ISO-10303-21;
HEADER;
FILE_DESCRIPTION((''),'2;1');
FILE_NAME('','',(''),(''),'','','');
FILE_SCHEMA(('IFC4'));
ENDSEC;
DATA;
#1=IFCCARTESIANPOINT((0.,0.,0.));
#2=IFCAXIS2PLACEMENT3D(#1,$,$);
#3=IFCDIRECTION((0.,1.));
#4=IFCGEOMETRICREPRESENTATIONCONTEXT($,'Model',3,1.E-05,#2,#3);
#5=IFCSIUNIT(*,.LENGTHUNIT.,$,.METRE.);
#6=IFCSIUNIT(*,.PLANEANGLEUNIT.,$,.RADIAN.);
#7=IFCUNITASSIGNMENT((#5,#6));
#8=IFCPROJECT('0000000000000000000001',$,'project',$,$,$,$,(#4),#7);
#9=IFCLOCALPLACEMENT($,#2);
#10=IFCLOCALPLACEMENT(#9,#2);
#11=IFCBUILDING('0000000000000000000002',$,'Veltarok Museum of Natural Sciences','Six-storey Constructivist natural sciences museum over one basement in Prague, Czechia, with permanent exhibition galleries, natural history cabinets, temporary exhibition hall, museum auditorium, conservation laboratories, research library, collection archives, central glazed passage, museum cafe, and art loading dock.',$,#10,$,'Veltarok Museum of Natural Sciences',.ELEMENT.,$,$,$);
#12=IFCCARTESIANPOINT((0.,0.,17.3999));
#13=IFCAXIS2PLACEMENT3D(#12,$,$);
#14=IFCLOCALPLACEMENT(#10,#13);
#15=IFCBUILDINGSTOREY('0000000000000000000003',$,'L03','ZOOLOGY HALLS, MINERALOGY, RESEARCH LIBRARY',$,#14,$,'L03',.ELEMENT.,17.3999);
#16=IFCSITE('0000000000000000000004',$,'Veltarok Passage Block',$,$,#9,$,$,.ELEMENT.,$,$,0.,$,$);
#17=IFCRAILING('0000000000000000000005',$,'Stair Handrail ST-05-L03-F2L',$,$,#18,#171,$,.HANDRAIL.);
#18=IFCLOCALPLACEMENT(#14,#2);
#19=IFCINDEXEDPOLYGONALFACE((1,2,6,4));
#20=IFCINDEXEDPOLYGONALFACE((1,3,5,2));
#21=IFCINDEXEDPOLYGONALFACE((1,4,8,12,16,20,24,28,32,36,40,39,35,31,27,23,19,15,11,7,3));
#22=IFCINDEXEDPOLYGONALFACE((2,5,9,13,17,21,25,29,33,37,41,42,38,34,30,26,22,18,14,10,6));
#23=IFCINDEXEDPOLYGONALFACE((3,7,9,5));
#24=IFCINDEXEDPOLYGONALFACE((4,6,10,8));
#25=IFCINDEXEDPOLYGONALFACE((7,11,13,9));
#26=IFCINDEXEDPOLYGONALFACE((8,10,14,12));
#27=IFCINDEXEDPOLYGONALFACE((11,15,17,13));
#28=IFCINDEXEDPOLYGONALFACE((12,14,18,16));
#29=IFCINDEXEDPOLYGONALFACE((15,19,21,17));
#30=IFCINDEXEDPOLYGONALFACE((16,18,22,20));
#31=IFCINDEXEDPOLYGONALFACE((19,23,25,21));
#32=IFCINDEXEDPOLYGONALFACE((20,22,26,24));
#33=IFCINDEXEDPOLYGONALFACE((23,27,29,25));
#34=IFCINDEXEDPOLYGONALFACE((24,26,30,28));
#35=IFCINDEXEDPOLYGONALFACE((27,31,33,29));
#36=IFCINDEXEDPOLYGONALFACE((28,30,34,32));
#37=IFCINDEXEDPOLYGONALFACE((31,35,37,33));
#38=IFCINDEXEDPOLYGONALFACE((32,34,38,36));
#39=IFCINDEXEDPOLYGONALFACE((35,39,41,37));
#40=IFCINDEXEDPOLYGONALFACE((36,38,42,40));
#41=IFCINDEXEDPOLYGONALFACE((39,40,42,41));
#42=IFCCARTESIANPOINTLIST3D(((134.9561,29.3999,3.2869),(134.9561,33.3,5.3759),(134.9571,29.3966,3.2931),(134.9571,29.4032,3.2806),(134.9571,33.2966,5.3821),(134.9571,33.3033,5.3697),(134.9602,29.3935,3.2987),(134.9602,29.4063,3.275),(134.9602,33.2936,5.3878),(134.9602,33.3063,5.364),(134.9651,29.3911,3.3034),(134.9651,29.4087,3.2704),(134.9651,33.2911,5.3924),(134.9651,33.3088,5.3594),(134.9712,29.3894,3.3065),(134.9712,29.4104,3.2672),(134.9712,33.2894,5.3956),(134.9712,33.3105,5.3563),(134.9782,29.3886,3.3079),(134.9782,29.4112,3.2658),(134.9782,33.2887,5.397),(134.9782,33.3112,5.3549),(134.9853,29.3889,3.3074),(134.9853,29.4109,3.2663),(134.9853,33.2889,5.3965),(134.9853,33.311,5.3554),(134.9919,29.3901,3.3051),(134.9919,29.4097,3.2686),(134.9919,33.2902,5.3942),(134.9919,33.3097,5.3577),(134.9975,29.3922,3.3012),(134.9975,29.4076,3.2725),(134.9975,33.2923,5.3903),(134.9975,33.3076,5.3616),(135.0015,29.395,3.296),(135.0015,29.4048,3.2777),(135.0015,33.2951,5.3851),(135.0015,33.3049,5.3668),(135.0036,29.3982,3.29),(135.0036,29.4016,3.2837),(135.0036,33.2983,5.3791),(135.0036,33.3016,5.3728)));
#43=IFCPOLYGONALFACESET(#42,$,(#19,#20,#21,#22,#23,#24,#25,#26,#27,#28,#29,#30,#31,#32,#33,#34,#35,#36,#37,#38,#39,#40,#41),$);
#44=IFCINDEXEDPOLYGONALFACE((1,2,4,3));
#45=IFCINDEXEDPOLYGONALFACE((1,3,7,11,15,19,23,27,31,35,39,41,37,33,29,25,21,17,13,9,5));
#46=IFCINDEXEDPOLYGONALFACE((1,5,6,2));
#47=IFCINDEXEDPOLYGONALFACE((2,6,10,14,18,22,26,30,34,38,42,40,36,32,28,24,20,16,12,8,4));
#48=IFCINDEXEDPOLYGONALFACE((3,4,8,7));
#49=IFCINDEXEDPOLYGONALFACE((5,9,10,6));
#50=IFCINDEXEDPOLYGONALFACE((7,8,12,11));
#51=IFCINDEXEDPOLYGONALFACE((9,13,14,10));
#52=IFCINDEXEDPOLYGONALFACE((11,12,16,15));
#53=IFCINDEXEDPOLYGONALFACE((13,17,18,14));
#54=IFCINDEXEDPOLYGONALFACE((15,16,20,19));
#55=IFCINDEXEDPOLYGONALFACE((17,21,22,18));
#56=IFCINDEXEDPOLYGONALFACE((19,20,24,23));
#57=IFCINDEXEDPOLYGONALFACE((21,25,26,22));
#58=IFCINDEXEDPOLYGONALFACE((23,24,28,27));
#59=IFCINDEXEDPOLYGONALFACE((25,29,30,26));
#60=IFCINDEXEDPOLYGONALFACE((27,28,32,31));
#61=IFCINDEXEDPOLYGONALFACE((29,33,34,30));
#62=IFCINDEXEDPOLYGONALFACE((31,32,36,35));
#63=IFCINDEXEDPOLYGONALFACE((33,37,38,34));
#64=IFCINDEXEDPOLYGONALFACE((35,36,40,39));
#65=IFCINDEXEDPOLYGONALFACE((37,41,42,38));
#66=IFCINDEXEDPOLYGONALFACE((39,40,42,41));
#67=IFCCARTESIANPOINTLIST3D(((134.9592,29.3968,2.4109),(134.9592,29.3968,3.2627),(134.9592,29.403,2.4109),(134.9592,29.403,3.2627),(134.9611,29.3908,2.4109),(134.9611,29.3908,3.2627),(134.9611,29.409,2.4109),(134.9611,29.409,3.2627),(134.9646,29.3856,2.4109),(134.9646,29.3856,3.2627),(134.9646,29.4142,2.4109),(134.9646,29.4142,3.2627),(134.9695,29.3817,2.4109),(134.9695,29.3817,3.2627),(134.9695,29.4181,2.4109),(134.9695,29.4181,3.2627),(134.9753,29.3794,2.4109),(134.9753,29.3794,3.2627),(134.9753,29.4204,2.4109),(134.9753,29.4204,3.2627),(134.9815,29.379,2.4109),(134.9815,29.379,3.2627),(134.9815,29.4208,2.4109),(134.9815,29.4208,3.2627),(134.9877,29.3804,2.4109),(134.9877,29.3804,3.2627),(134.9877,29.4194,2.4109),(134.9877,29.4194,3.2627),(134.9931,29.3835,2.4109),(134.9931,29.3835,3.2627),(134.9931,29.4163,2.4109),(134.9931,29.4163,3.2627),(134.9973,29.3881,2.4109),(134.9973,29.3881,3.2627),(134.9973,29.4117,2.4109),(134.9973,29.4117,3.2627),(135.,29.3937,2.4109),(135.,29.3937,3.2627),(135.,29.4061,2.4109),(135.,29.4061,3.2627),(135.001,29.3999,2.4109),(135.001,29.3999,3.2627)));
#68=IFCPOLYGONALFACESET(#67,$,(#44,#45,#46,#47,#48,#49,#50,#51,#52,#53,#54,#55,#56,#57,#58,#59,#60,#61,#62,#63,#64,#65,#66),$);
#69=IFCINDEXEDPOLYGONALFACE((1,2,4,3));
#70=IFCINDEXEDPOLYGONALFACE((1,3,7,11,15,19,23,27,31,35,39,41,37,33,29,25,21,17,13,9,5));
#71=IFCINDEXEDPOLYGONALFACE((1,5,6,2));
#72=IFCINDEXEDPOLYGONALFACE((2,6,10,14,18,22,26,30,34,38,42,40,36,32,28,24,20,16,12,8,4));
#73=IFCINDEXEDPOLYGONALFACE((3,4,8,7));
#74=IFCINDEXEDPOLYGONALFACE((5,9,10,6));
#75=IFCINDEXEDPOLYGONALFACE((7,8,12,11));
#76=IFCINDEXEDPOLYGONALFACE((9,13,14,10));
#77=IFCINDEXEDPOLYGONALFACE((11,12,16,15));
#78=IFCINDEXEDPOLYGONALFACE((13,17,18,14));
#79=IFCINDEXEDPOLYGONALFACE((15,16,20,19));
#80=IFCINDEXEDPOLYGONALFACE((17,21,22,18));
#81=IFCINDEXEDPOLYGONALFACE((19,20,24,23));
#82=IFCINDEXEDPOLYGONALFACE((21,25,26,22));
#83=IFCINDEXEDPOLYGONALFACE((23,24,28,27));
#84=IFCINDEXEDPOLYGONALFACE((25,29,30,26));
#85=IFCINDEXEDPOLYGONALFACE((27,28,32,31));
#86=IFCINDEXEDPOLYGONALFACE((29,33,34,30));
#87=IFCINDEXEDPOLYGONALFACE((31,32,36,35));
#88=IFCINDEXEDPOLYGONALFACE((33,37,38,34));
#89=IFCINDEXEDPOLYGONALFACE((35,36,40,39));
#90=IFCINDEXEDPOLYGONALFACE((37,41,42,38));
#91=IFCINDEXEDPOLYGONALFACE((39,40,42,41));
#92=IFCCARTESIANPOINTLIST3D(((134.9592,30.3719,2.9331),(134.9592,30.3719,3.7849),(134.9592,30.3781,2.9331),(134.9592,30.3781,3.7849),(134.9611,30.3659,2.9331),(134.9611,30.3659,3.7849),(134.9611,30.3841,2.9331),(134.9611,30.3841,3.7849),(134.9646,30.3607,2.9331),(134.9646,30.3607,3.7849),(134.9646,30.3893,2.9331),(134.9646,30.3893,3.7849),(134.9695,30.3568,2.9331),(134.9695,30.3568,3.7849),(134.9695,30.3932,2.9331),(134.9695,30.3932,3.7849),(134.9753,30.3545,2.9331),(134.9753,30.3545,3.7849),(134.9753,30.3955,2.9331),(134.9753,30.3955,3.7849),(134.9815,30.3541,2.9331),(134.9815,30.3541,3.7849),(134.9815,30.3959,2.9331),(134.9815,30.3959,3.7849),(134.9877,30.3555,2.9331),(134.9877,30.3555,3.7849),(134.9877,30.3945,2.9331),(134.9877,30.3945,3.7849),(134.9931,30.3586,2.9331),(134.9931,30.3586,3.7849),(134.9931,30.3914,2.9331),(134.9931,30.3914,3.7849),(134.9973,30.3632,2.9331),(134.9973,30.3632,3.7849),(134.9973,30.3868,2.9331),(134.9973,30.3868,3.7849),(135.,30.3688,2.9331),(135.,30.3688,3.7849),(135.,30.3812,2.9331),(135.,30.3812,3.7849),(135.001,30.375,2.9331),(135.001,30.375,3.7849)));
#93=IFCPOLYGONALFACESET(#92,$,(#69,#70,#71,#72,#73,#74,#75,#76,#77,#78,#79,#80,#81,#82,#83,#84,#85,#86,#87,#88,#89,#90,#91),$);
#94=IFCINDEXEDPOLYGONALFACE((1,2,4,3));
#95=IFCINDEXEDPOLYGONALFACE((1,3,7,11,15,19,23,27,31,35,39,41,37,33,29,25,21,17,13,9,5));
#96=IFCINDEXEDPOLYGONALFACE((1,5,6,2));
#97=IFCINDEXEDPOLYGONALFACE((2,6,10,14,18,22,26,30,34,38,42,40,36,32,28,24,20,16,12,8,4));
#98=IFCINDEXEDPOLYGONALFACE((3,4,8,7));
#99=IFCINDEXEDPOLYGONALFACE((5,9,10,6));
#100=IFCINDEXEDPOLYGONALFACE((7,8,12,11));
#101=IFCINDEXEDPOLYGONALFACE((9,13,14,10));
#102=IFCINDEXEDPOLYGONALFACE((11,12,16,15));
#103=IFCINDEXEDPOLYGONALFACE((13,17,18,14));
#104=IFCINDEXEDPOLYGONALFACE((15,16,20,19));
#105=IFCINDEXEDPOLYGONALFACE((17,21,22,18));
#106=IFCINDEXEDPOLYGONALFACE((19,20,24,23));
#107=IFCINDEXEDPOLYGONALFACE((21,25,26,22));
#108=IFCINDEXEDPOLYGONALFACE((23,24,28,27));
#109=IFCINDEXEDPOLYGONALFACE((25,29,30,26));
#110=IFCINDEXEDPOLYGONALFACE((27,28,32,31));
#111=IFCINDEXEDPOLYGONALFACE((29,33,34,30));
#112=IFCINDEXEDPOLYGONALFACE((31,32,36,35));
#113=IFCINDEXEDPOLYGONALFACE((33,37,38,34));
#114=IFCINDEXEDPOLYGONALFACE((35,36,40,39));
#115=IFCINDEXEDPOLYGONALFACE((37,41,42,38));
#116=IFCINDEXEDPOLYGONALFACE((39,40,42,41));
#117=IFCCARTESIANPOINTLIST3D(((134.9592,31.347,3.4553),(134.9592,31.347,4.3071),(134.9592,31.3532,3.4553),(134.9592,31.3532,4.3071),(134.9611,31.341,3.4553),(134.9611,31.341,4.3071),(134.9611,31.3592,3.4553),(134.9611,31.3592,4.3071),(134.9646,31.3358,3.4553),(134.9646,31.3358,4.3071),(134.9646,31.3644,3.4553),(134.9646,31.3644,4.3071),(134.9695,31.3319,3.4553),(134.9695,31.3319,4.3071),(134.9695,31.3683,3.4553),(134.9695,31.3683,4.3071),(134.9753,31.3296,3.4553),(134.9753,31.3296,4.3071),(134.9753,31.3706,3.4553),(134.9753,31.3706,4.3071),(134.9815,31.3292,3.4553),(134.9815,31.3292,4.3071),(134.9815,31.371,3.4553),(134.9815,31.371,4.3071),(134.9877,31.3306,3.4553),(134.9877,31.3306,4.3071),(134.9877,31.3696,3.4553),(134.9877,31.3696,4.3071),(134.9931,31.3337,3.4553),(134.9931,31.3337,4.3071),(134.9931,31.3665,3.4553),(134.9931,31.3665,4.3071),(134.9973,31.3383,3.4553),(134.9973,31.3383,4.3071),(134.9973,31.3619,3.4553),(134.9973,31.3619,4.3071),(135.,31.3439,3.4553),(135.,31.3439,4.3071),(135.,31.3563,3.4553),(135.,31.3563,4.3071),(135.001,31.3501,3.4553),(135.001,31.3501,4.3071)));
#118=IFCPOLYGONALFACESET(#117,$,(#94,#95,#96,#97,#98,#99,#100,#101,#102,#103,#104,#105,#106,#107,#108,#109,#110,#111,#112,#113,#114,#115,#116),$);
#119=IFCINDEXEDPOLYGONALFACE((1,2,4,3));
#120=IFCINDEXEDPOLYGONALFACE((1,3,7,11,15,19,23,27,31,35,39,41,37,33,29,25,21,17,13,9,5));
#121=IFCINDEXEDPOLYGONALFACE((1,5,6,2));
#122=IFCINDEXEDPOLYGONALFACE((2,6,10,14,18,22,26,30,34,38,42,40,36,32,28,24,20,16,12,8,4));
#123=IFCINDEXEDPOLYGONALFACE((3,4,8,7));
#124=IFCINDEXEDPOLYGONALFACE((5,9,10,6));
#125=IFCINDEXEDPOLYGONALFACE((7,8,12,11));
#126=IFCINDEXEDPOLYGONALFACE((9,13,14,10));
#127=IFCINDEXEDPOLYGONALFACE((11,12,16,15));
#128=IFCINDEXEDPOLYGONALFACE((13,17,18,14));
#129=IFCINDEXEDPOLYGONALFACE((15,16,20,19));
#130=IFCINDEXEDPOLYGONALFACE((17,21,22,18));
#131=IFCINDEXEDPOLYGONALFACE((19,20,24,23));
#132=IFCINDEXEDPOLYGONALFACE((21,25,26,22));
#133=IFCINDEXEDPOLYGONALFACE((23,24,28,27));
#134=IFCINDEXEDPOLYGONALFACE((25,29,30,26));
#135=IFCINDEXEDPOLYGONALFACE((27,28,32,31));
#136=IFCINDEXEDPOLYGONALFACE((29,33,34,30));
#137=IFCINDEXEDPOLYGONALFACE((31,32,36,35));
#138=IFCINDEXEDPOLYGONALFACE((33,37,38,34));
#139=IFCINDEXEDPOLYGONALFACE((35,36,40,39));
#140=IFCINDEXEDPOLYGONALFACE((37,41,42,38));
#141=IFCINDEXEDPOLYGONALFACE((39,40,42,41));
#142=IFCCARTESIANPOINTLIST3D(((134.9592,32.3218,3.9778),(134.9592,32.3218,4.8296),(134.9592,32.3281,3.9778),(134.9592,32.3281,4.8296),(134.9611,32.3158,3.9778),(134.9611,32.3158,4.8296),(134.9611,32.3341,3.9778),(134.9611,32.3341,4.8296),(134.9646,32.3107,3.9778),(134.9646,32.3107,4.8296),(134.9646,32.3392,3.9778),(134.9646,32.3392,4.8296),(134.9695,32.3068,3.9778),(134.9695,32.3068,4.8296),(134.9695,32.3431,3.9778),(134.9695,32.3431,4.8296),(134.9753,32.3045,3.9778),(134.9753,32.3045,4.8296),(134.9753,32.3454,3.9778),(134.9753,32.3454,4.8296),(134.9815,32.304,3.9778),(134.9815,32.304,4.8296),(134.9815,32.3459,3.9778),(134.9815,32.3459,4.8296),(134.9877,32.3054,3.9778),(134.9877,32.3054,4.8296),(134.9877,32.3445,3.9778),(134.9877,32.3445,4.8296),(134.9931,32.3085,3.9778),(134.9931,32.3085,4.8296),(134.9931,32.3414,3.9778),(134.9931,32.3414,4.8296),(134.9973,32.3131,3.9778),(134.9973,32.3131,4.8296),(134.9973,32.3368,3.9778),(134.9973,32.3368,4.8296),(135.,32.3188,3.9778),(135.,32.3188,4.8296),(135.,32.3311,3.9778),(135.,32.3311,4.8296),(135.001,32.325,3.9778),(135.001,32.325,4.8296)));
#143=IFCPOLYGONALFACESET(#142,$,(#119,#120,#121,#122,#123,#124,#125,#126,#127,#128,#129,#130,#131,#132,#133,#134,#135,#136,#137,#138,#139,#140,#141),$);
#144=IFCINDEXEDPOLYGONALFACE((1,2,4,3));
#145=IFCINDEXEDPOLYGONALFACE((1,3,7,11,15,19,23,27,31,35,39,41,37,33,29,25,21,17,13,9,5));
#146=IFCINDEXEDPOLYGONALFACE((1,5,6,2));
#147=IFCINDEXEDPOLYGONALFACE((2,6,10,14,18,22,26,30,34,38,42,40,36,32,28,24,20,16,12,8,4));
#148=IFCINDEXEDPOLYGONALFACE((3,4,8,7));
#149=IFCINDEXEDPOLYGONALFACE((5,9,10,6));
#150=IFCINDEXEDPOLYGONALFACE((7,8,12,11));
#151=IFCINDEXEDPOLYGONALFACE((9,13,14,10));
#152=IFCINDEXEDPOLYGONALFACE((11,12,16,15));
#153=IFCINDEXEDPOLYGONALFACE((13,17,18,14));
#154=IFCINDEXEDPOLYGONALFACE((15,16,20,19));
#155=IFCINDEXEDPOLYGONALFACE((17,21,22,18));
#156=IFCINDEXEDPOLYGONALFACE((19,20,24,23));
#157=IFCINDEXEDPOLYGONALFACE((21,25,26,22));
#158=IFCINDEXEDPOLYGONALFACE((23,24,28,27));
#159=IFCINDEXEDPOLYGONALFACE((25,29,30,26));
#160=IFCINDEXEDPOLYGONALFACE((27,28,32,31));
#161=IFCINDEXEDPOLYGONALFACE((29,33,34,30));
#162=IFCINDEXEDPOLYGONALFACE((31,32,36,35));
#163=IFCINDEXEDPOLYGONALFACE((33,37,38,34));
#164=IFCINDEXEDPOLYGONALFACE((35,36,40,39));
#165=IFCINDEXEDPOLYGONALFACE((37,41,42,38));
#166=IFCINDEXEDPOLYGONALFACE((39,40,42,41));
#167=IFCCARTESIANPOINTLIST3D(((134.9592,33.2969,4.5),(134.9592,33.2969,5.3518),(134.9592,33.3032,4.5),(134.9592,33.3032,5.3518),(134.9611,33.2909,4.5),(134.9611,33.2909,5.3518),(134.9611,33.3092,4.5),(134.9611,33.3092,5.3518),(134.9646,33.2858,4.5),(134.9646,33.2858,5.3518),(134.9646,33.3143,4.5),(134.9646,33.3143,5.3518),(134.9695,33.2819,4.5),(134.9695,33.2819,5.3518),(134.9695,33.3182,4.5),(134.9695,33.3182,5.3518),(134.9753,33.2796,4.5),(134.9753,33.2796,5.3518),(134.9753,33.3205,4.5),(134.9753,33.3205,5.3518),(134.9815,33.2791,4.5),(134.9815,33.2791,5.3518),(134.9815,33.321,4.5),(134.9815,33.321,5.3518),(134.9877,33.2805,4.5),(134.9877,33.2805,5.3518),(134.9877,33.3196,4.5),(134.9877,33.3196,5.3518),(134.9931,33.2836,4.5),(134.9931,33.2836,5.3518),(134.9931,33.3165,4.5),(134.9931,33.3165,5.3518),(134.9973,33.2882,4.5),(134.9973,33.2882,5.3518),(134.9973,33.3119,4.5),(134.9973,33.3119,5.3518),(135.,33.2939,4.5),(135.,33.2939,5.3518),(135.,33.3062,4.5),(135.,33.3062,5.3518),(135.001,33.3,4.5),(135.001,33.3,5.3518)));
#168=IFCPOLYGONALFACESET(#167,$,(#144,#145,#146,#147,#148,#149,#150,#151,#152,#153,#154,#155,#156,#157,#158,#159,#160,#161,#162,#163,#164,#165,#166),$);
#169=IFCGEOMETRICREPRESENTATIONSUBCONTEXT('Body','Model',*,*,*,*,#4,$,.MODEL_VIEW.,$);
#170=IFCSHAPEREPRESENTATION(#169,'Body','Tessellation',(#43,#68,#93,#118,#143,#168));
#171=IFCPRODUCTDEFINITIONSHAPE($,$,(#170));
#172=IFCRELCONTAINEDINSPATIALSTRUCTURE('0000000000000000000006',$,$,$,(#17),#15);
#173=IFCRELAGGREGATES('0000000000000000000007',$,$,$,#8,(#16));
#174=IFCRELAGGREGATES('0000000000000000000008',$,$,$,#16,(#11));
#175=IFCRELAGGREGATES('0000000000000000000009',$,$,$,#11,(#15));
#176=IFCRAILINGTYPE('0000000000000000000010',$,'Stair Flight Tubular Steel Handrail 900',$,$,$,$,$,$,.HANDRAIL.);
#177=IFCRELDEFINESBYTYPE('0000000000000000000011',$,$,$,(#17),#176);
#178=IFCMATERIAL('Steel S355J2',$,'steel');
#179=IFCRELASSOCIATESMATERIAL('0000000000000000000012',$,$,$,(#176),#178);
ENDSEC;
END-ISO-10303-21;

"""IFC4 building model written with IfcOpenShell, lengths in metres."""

from ifc_helpers import new_model, si_unit, direction, frame, origin, origin_2d, place, context, subcontext, project, spatial, circle, extrude, material, type_object, element, save


model = new_model("IFC4")

# Units and contexts
model_context = context("Model", 3, precision=1e-05, world=origin(), true_north=direction((0.0, 1.0)))
body_context = subcontext(model_context, "Body", "Model", "MODEL_VIEW")
ifc_project = project(units=[si_unit("LENGTHUNIT", "METRE"), si_unit("PLANEANGLEUNIT", "RADIAN")], contexts=[model_context])

# Site, building, storey
site_placement = place(None, origin())
site = spatial("IfcSite", under=ifc_project, at=site_placement, Name="Veltarok Passage Block", CompositionType="ELEMENT", RefElevation=0.0)
building_placement = place(site_placement, origin())
building = spatial("IfcBuilding", under=site, at=building_placement, Name="Veltarok Museum of Natural Sciences", Description="Six-storey Constructivist natural sciences museum over one basement in Prague, Czechia, with permanent exhibition galleries, natural history cabinets, temporary exhibition hall, museum auditorium, conservation laboratories, research library, collection archives, central glazed passage, museum cafe, and art loading dock.", LongName="Veltarok Museum of Natural Sciences", CompositionType="ELEMENT")
storey_placement = place(building_placement, frame((0.0, 0.0, 17.3999)))
storey = spatial("IfcBuildingStorey", under=building, at=storey_placement, Name="L03", Description="ZOOLOGY HALLS, MINERALOGY, RESEARCH LIBRARY", LongName="L03", CompositionType="ELEMENT", Elevation=17.3999)

# Shared definitions
ifc_material_1 = material(Name="Steel S355J2", Category="steel")

# Railing
railing_type_1 = type_object("IfcRailingType", Name="Stair Flight Tubular Steel Handrail 900", PredefinedType="HANDRAIL", material=ifc_material_1)
for number, where, name in (
    (1, (134.98, 29.3999, 2.4109), "Stair Handrail ST-05-L03-F2L"),
):
    element("IfcRailing", number, at=place(storey_placement, frame(where)), inside=storey, type_object=railing_type_1, Name=name, PredefinedType="HANDRAIL", context=body_context, shape_type="SweptSolid", body=[
        extrude(circle(Radius=0.0239, at=origin_2d()), frame((0.0, 0.0, 0.876), z_axis=(0.0, 0.881504, 0.472177), x_axis=(-1.0, 0.0, 0.0)), (0.0, 0.0, 1.0), 4.4243),
        extrude(circle(Radius=0.021, at=origin_2d()), origin(), (0.0, 0.0, 1.0), 0.8518),
        extrude(circle(Radius=0.021, at=origin_2d()), frame((0.0, 0.9751, 0.5222)), (0.0, 0.0, 1.0), 0.8518),
        extrude(circle(Radius=0.021, at=origin_2d()), frame((0.0, 1.9502, 1.0444)), (0.0, 0.0, 1.0), 0.8518),
        extrude(circle(Radius=0.021, at=origin_2d()), frame((0.0, 2.925, 1.5669)), (0.0, 0.0, 1.0), 0.8518),
        extrude(circle(Radius=0.021, at=origin_2d()), frame((0.0, 3.9001, 2.0891)), (0.0, 0.0, 1.0), 0.8518),
    ])

save(model, "model.ifc")
